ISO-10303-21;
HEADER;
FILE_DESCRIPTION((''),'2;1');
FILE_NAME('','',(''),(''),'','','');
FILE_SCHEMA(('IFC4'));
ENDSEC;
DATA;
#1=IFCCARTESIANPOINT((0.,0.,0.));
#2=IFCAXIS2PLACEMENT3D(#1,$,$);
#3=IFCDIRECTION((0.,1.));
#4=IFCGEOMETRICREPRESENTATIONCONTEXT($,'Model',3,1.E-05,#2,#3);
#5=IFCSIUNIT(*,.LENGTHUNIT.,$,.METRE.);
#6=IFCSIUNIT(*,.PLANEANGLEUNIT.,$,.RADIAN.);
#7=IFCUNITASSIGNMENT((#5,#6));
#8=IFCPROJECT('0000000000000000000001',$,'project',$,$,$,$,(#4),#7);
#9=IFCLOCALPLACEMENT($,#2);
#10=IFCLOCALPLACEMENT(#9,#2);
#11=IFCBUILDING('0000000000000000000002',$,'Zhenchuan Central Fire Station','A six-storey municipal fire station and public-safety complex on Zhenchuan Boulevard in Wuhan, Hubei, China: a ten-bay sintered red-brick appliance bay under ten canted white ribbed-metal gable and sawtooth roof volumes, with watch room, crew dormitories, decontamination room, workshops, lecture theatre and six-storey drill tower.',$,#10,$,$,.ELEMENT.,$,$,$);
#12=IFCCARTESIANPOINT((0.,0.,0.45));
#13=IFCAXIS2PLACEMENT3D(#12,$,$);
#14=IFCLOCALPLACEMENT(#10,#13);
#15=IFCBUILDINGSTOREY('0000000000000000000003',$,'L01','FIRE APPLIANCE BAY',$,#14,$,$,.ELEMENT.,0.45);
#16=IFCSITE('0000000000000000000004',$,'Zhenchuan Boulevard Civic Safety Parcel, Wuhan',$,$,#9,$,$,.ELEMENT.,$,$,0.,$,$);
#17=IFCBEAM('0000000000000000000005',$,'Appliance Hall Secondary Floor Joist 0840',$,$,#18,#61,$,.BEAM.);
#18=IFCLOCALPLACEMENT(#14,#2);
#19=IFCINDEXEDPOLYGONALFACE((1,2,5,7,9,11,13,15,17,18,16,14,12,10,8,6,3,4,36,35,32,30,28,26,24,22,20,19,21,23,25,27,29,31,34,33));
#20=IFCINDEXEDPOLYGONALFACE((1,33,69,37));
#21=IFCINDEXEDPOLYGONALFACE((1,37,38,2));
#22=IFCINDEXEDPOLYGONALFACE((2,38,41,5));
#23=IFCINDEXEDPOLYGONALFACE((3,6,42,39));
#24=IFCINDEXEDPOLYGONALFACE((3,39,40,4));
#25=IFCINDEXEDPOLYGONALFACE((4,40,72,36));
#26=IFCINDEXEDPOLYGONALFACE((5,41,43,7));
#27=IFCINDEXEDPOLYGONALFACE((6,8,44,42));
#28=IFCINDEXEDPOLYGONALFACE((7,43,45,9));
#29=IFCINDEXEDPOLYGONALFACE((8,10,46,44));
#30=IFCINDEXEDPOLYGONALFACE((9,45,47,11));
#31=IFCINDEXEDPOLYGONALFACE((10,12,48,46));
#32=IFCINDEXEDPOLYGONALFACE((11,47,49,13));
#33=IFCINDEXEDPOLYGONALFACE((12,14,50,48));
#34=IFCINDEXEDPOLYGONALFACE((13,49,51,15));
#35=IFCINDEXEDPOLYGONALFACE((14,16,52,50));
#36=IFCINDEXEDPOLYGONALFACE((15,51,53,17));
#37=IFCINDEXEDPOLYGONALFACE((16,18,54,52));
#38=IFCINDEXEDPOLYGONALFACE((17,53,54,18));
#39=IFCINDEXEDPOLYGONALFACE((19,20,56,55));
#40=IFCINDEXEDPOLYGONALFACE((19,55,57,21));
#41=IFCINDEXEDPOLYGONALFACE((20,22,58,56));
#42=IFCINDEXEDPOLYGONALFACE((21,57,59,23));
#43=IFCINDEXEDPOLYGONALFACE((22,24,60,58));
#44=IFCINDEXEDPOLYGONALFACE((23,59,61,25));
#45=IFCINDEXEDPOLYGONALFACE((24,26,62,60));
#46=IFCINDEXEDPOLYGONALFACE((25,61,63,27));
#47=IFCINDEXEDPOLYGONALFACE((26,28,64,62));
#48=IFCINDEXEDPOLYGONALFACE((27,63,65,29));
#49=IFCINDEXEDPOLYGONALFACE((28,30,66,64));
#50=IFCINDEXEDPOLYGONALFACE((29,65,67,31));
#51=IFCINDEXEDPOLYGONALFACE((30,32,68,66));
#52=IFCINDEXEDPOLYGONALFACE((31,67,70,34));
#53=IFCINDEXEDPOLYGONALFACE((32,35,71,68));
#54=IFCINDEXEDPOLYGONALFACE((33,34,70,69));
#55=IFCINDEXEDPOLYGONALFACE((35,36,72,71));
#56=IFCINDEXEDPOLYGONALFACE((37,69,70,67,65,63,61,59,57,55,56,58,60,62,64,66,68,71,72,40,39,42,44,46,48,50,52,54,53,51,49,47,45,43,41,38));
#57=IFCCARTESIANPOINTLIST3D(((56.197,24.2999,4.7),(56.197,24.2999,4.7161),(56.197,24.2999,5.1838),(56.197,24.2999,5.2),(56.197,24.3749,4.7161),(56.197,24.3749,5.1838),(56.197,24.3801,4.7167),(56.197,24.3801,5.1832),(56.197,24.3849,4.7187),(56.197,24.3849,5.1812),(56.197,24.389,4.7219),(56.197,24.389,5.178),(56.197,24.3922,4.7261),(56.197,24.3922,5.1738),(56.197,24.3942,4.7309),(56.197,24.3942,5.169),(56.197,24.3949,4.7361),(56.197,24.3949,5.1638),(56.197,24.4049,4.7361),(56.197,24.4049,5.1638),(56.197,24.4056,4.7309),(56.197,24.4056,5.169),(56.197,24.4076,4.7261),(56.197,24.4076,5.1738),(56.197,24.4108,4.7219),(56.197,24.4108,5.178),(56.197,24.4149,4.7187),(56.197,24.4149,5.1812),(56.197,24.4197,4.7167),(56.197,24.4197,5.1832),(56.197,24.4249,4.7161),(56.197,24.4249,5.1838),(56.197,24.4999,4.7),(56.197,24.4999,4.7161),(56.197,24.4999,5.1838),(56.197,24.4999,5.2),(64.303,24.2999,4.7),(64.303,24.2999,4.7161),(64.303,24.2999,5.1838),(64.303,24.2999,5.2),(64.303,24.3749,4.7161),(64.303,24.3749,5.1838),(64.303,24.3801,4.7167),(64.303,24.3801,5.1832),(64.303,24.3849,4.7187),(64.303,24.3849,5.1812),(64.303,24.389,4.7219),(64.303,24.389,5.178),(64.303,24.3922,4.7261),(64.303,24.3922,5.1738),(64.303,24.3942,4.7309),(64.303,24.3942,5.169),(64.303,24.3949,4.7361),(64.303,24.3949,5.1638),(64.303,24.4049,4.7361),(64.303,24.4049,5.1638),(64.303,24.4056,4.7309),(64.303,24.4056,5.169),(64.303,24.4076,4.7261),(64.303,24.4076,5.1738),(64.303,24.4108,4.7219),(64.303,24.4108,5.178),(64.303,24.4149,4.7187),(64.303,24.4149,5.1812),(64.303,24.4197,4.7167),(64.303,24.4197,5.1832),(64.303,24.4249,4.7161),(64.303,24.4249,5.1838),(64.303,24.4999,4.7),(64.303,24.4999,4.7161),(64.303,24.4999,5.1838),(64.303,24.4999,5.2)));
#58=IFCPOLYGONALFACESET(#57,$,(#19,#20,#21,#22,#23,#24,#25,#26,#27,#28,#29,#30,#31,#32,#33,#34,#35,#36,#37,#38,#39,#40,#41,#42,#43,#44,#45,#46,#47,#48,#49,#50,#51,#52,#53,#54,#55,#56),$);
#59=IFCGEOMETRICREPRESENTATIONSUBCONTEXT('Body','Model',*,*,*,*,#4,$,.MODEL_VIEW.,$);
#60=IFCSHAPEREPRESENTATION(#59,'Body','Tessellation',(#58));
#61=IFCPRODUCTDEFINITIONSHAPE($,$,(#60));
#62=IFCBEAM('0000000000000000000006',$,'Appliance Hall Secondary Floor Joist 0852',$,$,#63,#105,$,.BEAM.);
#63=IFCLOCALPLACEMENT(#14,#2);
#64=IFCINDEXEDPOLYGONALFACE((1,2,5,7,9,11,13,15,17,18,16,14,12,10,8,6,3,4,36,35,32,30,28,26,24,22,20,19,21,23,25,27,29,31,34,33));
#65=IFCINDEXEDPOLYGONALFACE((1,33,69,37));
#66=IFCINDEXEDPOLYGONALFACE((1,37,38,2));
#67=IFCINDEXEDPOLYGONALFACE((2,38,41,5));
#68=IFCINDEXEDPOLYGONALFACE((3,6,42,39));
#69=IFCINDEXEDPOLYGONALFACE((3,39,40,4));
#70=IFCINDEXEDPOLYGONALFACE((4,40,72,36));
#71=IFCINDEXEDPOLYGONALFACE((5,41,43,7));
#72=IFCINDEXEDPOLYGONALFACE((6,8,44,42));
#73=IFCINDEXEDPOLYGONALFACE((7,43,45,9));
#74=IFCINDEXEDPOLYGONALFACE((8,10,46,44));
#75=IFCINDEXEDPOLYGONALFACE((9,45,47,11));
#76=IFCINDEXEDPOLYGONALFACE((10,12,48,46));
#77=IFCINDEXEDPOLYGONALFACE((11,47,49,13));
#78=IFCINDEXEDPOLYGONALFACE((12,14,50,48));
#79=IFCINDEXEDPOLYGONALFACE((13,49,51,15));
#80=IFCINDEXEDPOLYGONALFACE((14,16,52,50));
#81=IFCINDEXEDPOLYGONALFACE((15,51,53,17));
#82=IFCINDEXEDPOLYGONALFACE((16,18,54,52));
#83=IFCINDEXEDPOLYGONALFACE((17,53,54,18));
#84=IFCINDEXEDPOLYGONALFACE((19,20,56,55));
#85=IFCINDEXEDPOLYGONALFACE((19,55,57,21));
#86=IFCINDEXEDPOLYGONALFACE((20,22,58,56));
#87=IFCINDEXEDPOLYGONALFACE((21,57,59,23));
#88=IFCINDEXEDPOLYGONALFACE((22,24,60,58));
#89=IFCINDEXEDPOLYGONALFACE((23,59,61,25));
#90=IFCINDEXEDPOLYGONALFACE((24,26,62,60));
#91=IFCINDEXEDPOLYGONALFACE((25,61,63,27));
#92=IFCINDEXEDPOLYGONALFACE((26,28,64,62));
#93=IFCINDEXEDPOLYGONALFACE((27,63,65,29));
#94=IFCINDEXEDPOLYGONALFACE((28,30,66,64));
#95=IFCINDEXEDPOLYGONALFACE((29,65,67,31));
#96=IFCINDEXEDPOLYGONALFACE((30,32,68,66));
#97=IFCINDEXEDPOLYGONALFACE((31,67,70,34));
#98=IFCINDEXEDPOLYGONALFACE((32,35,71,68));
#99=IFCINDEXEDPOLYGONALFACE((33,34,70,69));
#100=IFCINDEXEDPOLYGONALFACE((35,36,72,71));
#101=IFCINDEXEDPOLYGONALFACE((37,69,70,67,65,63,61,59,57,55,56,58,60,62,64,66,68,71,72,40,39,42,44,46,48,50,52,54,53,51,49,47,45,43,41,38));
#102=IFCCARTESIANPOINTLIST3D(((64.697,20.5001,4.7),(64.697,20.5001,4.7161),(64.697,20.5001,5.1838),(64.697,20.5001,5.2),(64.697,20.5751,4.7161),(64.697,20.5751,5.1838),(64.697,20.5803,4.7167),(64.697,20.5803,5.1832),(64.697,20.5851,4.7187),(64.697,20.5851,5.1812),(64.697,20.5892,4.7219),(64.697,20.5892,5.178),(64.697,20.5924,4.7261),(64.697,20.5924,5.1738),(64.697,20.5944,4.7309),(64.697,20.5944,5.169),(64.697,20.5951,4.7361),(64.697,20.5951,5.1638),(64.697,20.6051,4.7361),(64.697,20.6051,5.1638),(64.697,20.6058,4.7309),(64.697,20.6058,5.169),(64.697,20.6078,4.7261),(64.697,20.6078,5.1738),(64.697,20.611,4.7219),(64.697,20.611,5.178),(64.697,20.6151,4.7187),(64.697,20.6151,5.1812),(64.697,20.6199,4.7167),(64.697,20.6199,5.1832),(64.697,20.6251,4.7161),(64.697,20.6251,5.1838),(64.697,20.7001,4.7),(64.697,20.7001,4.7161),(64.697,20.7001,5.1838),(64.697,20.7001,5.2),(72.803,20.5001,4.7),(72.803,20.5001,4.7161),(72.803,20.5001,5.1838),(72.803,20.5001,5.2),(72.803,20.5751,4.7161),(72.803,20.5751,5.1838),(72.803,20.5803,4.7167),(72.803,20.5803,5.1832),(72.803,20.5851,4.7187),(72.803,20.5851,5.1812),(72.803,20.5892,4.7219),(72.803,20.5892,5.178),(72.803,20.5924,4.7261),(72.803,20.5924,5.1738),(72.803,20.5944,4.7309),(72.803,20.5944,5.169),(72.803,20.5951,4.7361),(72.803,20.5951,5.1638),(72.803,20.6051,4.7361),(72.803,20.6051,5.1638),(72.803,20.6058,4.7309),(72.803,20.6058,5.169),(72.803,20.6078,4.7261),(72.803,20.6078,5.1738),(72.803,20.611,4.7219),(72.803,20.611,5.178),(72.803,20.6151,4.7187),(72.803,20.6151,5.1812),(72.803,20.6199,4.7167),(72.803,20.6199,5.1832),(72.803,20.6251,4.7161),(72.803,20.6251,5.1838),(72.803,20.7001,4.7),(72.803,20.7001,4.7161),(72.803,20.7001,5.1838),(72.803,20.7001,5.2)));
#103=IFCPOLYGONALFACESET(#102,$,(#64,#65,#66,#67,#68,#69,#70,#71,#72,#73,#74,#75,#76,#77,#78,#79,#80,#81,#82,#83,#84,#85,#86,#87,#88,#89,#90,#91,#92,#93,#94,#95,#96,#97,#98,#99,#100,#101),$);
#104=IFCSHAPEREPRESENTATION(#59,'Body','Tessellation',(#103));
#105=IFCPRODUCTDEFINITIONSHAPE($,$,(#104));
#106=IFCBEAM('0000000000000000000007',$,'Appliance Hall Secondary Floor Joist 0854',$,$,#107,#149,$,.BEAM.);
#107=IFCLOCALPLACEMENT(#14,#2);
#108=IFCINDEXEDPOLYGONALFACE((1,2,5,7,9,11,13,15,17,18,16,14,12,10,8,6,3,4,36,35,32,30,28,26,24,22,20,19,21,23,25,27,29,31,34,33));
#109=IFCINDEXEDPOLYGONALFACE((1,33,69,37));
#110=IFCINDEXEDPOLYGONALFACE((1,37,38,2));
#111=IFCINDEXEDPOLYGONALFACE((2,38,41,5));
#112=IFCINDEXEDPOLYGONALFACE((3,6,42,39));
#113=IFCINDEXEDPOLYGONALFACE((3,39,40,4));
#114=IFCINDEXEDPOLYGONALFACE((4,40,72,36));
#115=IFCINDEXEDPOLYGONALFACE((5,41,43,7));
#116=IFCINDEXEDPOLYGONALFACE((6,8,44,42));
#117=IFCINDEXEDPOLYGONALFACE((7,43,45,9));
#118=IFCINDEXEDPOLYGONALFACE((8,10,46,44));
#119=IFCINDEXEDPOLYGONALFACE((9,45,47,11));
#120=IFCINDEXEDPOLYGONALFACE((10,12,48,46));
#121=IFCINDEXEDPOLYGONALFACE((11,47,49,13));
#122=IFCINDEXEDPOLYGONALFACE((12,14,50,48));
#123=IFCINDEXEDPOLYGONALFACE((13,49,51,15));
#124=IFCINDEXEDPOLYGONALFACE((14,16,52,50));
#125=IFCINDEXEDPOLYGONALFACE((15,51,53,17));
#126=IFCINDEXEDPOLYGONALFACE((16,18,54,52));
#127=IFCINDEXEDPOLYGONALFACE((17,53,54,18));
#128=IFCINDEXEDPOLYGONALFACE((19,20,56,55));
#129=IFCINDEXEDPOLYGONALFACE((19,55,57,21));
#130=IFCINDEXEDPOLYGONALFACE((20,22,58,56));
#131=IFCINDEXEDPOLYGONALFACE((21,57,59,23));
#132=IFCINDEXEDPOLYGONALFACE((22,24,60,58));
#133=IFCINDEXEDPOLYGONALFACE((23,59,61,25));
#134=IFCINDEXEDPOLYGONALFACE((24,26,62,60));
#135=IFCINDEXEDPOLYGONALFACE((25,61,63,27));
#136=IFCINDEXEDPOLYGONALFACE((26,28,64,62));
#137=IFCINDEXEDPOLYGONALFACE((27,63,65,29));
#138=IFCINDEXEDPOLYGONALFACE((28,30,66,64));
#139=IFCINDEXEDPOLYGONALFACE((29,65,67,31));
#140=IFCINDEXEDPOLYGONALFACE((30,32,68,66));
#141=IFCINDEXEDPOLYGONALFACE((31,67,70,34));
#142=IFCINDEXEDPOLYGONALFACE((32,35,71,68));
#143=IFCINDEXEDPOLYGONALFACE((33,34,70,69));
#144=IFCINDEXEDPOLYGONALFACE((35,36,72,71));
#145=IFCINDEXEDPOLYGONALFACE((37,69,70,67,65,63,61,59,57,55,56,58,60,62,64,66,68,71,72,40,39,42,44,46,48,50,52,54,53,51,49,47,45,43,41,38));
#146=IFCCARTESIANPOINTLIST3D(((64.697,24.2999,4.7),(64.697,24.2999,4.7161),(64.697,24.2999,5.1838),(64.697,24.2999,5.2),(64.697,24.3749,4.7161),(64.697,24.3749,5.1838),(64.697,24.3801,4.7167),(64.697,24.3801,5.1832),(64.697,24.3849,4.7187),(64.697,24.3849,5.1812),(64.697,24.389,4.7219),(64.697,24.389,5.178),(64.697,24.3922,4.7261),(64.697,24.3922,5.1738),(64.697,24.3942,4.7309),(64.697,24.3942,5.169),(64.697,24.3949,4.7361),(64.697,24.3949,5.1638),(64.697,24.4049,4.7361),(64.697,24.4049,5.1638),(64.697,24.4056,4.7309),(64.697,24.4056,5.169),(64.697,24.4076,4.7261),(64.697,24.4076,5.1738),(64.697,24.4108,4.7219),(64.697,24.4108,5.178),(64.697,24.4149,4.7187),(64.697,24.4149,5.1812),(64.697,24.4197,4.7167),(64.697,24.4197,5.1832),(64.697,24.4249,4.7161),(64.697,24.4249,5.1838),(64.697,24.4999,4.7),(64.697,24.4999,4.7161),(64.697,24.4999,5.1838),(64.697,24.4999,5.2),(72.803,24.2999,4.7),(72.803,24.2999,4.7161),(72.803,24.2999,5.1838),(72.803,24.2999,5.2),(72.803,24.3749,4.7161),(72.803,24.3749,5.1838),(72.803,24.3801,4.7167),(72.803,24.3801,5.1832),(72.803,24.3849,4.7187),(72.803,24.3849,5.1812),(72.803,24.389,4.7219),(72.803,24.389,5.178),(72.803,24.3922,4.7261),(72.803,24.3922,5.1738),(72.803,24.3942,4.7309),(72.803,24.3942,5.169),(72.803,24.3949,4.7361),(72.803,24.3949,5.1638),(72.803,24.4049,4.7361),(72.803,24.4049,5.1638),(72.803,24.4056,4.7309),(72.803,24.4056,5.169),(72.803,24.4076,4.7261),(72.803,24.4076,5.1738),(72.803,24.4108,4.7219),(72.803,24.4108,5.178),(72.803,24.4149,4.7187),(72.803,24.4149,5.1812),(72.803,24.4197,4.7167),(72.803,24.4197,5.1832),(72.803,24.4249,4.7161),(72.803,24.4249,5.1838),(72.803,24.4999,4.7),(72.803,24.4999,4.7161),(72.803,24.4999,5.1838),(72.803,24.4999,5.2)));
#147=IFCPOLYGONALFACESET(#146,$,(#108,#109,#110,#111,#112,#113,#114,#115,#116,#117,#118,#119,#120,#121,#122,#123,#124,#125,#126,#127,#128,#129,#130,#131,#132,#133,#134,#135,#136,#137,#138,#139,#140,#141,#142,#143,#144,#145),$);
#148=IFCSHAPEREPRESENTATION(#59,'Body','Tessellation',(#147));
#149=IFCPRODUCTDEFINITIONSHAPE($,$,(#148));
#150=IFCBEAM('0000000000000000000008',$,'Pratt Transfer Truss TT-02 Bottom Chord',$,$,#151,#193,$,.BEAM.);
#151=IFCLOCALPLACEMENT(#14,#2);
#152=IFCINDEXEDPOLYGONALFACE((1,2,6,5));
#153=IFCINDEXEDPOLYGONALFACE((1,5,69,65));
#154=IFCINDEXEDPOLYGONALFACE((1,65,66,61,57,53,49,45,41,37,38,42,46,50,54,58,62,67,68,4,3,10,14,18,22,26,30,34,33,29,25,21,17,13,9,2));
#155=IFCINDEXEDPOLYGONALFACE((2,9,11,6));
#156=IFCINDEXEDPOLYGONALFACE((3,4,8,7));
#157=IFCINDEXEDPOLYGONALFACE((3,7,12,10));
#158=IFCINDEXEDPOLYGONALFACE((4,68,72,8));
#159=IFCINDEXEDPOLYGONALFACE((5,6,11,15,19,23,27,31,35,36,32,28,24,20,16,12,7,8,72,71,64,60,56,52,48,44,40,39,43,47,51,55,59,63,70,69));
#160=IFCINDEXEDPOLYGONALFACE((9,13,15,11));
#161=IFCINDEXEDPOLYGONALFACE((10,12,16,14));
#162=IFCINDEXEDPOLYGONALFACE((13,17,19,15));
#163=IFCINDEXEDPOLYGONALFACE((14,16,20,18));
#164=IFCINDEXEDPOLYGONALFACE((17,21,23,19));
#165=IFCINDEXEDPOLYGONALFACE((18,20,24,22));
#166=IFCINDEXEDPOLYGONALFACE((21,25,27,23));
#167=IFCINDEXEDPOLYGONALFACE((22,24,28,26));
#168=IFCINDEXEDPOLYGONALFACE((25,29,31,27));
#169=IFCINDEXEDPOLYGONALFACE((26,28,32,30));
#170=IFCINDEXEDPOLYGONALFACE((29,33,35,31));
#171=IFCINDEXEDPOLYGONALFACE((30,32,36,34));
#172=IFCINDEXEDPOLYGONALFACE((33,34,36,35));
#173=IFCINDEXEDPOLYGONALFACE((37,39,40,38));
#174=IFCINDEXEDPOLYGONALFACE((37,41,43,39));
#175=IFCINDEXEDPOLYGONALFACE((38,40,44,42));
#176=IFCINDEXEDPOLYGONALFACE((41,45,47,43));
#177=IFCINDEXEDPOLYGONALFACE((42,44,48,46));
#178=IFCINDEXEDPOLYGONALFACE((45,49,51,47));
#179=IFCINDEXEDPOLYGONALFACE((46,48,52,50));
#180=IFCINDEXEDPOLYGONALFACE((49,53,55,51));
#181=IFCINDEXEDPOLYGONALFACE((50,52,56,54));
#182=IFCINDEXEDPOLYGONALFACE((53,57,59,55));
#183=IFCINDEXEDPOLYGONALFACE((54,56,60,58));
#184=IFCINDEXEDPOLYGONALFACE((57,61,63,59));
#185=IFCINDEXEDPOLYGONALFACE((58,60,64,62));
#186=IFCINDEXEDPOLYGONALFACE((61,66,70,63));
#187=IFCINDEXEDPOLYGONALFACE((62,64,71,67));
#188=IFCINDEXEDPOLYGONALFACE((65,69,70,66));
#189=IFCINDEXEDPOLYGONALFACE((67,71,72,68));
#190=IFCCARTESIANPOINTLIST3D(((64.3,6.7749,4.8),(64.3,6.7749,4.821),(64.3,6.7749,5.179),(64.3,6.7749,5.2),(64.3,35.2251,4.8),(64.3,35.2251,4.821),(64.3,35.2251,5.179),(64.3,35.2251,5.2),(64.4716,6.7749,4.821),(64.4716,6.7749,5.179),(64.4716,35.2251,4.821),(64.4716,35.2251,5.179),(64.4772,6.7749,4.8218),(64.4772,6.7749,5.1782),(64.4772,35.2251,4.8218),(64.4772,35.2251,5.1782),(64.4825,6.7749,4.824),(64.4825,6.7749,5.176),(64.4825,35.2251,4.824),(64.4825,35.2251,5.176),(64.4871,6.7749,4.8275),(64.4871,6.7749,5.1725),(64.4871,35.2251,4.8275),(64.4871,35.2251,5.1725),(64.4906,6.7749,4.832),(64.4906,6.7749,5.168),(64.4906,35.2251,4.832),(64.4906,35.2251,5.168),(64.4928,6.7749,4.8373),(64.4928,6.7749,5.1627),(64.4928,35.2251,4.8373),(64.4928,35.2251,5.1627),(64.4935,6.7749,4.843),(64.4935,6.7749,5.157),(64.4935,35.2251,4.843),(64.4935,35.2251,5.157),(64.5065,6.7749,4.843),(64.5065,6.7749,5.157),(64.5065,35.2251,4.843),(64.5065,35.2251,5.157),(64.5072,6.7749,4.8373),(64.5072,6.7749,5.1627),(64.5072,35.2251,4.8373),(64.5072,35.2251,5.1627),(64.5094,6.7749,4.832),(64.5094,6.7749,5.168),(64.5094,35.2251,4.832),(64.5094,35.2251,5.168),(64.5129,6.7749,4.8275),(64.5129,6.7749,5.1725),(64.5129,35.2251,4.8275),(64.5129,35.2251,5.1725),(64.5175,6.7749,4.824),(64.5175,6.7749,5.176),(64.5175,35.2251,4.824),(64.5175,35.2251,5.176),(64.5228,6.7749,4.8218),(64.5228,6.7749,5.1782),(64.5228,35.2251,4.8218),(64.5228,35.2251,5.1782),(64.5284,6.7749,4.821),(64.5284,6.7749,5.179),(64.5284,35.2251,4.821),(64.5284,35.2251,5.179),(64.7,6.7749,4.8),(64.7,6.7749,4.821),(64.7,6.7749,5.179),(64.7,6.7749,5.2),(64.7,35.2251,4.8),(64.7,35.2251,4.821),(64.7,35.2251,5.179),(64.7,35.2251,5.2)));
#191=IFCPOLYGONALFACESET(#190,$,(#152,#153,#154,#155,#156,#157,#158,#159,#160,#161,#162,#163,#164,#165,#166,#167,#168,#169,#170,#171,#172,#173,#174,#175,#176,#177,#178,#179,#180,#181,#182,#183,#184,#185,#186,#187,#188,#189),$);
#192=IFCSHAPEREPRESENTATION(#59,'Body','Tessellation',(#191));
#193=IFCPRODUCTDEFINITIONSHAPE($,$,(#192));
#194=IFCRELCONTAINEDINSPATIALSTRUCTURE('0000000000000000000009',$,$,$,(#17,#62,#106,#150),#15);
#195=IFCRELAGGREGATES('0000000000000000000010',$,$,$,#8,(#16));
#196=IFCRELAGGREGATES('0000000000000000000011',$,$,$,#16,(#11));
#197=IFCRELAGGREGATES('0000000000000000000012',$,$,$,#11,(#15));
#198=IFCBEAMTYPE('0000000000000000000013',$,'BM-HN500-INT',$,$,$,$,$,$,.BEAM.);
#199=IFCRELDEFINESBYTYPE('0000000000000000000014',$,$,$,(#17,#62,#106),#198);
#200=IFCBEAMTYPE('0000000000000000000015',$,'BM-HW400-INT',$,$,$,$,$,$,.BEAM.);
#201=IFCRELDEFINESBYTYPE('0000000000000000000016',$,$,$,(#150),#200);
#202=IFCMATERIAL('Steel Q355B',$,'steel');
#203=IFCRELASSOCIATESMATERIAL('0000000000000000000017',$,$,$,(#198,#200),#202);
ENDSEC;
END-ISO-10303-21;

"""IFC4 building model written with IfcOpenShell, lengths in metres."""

from ifc_helpers import new_model, si_unit, direction, frame, origin, origin_2d, place, context, subcontext, project, spatial, i_section, extrude, material, material_profile, profile_set, type_object, element, save


model = new_model("IFC4")

# Units and contexts
model_context = context("Model", 3, precision=1e-05, world=origin(), true_north=direction((0.0, 1.0)))
body_context = subcontext(model_context, "Body", "Model", "MODEL_VIEW")
ifc_project = project(units=[si_unit("LENGTHUNIT", "METRE"), si_unit("PLANEANGLEUNIT", "RADIAN")], contexts=[model_context])

# Site, building, storey
site_placement = place(None, origin())
site = spatial("IfcSite", under=ifc_project, at=site_placement, Name="Zhenchuan Boulevard Civic Safety Parcel, Wuhan", CompositionType="ELEMENT", RefElevation=0.0)
building_placement = place(site_placement, origin())
building = spatial("IfcBuilding", under=site, at=building_placement, Name="Zhenchuan Central Fire Station", Description="A six-storey municipal fire station and public-safety complex on Zhenchuan Boulevard in Wuhan, Hubei, China: a ten-bay sintered red-brick appliance bay under ten canted white ribbed-metal gable and sawtooth roof volumes, with watch room, crew dormitories, decontamination room, workshops, lecture theatre and six-storey drill tower.", CompositionType="ELEMENT")
storey_placement = place(building_placement, frame((0.0, 0.0, 0.45)))
storey = spatial("IfcBuildingStorey", under=building, at=storey_placement, Name="L01", Description="FIRE APPLIANCE BAY", CompositionType="ELEMENT", Elevation=0.45)

# Beams
ifc_material_1 = material(Name="Steel Q355B", Category="steel")
ifc_material_profile_1 = material_profile(ifc_material_1, i_section(OverallWidth=0.2, OverallDepth=0.5, WebThickness=0.01, FlangeThickness=0.0161, FilletRadius=0.02, at=origin_2d()), Name="HN 500x200")
ifc_profile_set_1 = profile_set([ifc_material_profile_1], Name="Steel Q355B")
beam_type_1 = type_object("IfcBeamType", Name="BM-HN500-INT", PredefinedType="BEAM", material=ifc_profile_set_1)
for number, where, z_axis, x_axis, name in (
    (1, (56.197, 24.3999, 4.95), (1.0, 0.0, 0.0), (0.0, 1.0, 0.0), "Appliance Hall Secondary Floor Joist 0840"),
    (2, (64.697, 20.6001, 4.95), (1.0, 0.0, 0.0), (0.0, 1.0, 0.0), "Appliance Hall Secondary Floor Joist 0852"),
    (3, (64.697, 24.3999, 4.95), (1.0, 0.0, 0.0), (0.0, 1.0, 0.0), "Appliance Hall Secondary Floor Joist 0854"),
):
    element("IfcBeam", number, at=place(storey_placement, frame(where, z_axis=z_axis, x_axis=x_axis)), inside=storey, type_object=beam_type_1, Name=name, PredefinedType="BEAM", context=body_context, shape_type="SweptSolid", body=[
        extrude(i_section(OverallWidth=0.2, OverallDepth=0.5, WebThickness=0.01, FlangeThickness=0.0161, FilletRadius=0.02, at=origin_2d()), origin(), (0.0, 0.0, 1.0), 8.106),
    ])
ifc_material_profile_2 = material_profile(ifc_material_1, i_section(OverallWidth=0.3999, OverallDepth=0.3999, WebThickness=0.0129, FlangeThickness=0.021, FilletRadius=0.022, at=origin_2d()), Name="HW 400x400")
ifc_profile_set_2 = profile_set([ifc_material_profile_2], Name="Steel Q355B")
beam_type_2 = type_object("IfcBeamType", Name="BM-HW400-INT", PredefinedType="BEAM", material=ifc_profile_set_2)
beam_placement = place(storey_placement, frame((64.5, 6.7749, 5.0), z_axis=(0.0, 1.0, 0.0), x_axis=(-1.0, 0.0, 0.0)))
element("IfcBeam", 4, at=beam_placement, inside=storey, type_object=beam_type_2, Name="Pratt Transfer Truss TT-02 Bottom Chord", PredefinedType="BEAM", context=body_context, shape_type="SweptSolid", body=[
    extrude(i_section(OverallWidth=0.3999, OverallDepth=0.3999, WebThickness=0.0129, FlangeThickness=0.021, FilletRadius=0.022, at=origin_2d()), origin(), (0.0, 0.0, 1.0), 28.4502),
])

save(model, "model.ifc")
